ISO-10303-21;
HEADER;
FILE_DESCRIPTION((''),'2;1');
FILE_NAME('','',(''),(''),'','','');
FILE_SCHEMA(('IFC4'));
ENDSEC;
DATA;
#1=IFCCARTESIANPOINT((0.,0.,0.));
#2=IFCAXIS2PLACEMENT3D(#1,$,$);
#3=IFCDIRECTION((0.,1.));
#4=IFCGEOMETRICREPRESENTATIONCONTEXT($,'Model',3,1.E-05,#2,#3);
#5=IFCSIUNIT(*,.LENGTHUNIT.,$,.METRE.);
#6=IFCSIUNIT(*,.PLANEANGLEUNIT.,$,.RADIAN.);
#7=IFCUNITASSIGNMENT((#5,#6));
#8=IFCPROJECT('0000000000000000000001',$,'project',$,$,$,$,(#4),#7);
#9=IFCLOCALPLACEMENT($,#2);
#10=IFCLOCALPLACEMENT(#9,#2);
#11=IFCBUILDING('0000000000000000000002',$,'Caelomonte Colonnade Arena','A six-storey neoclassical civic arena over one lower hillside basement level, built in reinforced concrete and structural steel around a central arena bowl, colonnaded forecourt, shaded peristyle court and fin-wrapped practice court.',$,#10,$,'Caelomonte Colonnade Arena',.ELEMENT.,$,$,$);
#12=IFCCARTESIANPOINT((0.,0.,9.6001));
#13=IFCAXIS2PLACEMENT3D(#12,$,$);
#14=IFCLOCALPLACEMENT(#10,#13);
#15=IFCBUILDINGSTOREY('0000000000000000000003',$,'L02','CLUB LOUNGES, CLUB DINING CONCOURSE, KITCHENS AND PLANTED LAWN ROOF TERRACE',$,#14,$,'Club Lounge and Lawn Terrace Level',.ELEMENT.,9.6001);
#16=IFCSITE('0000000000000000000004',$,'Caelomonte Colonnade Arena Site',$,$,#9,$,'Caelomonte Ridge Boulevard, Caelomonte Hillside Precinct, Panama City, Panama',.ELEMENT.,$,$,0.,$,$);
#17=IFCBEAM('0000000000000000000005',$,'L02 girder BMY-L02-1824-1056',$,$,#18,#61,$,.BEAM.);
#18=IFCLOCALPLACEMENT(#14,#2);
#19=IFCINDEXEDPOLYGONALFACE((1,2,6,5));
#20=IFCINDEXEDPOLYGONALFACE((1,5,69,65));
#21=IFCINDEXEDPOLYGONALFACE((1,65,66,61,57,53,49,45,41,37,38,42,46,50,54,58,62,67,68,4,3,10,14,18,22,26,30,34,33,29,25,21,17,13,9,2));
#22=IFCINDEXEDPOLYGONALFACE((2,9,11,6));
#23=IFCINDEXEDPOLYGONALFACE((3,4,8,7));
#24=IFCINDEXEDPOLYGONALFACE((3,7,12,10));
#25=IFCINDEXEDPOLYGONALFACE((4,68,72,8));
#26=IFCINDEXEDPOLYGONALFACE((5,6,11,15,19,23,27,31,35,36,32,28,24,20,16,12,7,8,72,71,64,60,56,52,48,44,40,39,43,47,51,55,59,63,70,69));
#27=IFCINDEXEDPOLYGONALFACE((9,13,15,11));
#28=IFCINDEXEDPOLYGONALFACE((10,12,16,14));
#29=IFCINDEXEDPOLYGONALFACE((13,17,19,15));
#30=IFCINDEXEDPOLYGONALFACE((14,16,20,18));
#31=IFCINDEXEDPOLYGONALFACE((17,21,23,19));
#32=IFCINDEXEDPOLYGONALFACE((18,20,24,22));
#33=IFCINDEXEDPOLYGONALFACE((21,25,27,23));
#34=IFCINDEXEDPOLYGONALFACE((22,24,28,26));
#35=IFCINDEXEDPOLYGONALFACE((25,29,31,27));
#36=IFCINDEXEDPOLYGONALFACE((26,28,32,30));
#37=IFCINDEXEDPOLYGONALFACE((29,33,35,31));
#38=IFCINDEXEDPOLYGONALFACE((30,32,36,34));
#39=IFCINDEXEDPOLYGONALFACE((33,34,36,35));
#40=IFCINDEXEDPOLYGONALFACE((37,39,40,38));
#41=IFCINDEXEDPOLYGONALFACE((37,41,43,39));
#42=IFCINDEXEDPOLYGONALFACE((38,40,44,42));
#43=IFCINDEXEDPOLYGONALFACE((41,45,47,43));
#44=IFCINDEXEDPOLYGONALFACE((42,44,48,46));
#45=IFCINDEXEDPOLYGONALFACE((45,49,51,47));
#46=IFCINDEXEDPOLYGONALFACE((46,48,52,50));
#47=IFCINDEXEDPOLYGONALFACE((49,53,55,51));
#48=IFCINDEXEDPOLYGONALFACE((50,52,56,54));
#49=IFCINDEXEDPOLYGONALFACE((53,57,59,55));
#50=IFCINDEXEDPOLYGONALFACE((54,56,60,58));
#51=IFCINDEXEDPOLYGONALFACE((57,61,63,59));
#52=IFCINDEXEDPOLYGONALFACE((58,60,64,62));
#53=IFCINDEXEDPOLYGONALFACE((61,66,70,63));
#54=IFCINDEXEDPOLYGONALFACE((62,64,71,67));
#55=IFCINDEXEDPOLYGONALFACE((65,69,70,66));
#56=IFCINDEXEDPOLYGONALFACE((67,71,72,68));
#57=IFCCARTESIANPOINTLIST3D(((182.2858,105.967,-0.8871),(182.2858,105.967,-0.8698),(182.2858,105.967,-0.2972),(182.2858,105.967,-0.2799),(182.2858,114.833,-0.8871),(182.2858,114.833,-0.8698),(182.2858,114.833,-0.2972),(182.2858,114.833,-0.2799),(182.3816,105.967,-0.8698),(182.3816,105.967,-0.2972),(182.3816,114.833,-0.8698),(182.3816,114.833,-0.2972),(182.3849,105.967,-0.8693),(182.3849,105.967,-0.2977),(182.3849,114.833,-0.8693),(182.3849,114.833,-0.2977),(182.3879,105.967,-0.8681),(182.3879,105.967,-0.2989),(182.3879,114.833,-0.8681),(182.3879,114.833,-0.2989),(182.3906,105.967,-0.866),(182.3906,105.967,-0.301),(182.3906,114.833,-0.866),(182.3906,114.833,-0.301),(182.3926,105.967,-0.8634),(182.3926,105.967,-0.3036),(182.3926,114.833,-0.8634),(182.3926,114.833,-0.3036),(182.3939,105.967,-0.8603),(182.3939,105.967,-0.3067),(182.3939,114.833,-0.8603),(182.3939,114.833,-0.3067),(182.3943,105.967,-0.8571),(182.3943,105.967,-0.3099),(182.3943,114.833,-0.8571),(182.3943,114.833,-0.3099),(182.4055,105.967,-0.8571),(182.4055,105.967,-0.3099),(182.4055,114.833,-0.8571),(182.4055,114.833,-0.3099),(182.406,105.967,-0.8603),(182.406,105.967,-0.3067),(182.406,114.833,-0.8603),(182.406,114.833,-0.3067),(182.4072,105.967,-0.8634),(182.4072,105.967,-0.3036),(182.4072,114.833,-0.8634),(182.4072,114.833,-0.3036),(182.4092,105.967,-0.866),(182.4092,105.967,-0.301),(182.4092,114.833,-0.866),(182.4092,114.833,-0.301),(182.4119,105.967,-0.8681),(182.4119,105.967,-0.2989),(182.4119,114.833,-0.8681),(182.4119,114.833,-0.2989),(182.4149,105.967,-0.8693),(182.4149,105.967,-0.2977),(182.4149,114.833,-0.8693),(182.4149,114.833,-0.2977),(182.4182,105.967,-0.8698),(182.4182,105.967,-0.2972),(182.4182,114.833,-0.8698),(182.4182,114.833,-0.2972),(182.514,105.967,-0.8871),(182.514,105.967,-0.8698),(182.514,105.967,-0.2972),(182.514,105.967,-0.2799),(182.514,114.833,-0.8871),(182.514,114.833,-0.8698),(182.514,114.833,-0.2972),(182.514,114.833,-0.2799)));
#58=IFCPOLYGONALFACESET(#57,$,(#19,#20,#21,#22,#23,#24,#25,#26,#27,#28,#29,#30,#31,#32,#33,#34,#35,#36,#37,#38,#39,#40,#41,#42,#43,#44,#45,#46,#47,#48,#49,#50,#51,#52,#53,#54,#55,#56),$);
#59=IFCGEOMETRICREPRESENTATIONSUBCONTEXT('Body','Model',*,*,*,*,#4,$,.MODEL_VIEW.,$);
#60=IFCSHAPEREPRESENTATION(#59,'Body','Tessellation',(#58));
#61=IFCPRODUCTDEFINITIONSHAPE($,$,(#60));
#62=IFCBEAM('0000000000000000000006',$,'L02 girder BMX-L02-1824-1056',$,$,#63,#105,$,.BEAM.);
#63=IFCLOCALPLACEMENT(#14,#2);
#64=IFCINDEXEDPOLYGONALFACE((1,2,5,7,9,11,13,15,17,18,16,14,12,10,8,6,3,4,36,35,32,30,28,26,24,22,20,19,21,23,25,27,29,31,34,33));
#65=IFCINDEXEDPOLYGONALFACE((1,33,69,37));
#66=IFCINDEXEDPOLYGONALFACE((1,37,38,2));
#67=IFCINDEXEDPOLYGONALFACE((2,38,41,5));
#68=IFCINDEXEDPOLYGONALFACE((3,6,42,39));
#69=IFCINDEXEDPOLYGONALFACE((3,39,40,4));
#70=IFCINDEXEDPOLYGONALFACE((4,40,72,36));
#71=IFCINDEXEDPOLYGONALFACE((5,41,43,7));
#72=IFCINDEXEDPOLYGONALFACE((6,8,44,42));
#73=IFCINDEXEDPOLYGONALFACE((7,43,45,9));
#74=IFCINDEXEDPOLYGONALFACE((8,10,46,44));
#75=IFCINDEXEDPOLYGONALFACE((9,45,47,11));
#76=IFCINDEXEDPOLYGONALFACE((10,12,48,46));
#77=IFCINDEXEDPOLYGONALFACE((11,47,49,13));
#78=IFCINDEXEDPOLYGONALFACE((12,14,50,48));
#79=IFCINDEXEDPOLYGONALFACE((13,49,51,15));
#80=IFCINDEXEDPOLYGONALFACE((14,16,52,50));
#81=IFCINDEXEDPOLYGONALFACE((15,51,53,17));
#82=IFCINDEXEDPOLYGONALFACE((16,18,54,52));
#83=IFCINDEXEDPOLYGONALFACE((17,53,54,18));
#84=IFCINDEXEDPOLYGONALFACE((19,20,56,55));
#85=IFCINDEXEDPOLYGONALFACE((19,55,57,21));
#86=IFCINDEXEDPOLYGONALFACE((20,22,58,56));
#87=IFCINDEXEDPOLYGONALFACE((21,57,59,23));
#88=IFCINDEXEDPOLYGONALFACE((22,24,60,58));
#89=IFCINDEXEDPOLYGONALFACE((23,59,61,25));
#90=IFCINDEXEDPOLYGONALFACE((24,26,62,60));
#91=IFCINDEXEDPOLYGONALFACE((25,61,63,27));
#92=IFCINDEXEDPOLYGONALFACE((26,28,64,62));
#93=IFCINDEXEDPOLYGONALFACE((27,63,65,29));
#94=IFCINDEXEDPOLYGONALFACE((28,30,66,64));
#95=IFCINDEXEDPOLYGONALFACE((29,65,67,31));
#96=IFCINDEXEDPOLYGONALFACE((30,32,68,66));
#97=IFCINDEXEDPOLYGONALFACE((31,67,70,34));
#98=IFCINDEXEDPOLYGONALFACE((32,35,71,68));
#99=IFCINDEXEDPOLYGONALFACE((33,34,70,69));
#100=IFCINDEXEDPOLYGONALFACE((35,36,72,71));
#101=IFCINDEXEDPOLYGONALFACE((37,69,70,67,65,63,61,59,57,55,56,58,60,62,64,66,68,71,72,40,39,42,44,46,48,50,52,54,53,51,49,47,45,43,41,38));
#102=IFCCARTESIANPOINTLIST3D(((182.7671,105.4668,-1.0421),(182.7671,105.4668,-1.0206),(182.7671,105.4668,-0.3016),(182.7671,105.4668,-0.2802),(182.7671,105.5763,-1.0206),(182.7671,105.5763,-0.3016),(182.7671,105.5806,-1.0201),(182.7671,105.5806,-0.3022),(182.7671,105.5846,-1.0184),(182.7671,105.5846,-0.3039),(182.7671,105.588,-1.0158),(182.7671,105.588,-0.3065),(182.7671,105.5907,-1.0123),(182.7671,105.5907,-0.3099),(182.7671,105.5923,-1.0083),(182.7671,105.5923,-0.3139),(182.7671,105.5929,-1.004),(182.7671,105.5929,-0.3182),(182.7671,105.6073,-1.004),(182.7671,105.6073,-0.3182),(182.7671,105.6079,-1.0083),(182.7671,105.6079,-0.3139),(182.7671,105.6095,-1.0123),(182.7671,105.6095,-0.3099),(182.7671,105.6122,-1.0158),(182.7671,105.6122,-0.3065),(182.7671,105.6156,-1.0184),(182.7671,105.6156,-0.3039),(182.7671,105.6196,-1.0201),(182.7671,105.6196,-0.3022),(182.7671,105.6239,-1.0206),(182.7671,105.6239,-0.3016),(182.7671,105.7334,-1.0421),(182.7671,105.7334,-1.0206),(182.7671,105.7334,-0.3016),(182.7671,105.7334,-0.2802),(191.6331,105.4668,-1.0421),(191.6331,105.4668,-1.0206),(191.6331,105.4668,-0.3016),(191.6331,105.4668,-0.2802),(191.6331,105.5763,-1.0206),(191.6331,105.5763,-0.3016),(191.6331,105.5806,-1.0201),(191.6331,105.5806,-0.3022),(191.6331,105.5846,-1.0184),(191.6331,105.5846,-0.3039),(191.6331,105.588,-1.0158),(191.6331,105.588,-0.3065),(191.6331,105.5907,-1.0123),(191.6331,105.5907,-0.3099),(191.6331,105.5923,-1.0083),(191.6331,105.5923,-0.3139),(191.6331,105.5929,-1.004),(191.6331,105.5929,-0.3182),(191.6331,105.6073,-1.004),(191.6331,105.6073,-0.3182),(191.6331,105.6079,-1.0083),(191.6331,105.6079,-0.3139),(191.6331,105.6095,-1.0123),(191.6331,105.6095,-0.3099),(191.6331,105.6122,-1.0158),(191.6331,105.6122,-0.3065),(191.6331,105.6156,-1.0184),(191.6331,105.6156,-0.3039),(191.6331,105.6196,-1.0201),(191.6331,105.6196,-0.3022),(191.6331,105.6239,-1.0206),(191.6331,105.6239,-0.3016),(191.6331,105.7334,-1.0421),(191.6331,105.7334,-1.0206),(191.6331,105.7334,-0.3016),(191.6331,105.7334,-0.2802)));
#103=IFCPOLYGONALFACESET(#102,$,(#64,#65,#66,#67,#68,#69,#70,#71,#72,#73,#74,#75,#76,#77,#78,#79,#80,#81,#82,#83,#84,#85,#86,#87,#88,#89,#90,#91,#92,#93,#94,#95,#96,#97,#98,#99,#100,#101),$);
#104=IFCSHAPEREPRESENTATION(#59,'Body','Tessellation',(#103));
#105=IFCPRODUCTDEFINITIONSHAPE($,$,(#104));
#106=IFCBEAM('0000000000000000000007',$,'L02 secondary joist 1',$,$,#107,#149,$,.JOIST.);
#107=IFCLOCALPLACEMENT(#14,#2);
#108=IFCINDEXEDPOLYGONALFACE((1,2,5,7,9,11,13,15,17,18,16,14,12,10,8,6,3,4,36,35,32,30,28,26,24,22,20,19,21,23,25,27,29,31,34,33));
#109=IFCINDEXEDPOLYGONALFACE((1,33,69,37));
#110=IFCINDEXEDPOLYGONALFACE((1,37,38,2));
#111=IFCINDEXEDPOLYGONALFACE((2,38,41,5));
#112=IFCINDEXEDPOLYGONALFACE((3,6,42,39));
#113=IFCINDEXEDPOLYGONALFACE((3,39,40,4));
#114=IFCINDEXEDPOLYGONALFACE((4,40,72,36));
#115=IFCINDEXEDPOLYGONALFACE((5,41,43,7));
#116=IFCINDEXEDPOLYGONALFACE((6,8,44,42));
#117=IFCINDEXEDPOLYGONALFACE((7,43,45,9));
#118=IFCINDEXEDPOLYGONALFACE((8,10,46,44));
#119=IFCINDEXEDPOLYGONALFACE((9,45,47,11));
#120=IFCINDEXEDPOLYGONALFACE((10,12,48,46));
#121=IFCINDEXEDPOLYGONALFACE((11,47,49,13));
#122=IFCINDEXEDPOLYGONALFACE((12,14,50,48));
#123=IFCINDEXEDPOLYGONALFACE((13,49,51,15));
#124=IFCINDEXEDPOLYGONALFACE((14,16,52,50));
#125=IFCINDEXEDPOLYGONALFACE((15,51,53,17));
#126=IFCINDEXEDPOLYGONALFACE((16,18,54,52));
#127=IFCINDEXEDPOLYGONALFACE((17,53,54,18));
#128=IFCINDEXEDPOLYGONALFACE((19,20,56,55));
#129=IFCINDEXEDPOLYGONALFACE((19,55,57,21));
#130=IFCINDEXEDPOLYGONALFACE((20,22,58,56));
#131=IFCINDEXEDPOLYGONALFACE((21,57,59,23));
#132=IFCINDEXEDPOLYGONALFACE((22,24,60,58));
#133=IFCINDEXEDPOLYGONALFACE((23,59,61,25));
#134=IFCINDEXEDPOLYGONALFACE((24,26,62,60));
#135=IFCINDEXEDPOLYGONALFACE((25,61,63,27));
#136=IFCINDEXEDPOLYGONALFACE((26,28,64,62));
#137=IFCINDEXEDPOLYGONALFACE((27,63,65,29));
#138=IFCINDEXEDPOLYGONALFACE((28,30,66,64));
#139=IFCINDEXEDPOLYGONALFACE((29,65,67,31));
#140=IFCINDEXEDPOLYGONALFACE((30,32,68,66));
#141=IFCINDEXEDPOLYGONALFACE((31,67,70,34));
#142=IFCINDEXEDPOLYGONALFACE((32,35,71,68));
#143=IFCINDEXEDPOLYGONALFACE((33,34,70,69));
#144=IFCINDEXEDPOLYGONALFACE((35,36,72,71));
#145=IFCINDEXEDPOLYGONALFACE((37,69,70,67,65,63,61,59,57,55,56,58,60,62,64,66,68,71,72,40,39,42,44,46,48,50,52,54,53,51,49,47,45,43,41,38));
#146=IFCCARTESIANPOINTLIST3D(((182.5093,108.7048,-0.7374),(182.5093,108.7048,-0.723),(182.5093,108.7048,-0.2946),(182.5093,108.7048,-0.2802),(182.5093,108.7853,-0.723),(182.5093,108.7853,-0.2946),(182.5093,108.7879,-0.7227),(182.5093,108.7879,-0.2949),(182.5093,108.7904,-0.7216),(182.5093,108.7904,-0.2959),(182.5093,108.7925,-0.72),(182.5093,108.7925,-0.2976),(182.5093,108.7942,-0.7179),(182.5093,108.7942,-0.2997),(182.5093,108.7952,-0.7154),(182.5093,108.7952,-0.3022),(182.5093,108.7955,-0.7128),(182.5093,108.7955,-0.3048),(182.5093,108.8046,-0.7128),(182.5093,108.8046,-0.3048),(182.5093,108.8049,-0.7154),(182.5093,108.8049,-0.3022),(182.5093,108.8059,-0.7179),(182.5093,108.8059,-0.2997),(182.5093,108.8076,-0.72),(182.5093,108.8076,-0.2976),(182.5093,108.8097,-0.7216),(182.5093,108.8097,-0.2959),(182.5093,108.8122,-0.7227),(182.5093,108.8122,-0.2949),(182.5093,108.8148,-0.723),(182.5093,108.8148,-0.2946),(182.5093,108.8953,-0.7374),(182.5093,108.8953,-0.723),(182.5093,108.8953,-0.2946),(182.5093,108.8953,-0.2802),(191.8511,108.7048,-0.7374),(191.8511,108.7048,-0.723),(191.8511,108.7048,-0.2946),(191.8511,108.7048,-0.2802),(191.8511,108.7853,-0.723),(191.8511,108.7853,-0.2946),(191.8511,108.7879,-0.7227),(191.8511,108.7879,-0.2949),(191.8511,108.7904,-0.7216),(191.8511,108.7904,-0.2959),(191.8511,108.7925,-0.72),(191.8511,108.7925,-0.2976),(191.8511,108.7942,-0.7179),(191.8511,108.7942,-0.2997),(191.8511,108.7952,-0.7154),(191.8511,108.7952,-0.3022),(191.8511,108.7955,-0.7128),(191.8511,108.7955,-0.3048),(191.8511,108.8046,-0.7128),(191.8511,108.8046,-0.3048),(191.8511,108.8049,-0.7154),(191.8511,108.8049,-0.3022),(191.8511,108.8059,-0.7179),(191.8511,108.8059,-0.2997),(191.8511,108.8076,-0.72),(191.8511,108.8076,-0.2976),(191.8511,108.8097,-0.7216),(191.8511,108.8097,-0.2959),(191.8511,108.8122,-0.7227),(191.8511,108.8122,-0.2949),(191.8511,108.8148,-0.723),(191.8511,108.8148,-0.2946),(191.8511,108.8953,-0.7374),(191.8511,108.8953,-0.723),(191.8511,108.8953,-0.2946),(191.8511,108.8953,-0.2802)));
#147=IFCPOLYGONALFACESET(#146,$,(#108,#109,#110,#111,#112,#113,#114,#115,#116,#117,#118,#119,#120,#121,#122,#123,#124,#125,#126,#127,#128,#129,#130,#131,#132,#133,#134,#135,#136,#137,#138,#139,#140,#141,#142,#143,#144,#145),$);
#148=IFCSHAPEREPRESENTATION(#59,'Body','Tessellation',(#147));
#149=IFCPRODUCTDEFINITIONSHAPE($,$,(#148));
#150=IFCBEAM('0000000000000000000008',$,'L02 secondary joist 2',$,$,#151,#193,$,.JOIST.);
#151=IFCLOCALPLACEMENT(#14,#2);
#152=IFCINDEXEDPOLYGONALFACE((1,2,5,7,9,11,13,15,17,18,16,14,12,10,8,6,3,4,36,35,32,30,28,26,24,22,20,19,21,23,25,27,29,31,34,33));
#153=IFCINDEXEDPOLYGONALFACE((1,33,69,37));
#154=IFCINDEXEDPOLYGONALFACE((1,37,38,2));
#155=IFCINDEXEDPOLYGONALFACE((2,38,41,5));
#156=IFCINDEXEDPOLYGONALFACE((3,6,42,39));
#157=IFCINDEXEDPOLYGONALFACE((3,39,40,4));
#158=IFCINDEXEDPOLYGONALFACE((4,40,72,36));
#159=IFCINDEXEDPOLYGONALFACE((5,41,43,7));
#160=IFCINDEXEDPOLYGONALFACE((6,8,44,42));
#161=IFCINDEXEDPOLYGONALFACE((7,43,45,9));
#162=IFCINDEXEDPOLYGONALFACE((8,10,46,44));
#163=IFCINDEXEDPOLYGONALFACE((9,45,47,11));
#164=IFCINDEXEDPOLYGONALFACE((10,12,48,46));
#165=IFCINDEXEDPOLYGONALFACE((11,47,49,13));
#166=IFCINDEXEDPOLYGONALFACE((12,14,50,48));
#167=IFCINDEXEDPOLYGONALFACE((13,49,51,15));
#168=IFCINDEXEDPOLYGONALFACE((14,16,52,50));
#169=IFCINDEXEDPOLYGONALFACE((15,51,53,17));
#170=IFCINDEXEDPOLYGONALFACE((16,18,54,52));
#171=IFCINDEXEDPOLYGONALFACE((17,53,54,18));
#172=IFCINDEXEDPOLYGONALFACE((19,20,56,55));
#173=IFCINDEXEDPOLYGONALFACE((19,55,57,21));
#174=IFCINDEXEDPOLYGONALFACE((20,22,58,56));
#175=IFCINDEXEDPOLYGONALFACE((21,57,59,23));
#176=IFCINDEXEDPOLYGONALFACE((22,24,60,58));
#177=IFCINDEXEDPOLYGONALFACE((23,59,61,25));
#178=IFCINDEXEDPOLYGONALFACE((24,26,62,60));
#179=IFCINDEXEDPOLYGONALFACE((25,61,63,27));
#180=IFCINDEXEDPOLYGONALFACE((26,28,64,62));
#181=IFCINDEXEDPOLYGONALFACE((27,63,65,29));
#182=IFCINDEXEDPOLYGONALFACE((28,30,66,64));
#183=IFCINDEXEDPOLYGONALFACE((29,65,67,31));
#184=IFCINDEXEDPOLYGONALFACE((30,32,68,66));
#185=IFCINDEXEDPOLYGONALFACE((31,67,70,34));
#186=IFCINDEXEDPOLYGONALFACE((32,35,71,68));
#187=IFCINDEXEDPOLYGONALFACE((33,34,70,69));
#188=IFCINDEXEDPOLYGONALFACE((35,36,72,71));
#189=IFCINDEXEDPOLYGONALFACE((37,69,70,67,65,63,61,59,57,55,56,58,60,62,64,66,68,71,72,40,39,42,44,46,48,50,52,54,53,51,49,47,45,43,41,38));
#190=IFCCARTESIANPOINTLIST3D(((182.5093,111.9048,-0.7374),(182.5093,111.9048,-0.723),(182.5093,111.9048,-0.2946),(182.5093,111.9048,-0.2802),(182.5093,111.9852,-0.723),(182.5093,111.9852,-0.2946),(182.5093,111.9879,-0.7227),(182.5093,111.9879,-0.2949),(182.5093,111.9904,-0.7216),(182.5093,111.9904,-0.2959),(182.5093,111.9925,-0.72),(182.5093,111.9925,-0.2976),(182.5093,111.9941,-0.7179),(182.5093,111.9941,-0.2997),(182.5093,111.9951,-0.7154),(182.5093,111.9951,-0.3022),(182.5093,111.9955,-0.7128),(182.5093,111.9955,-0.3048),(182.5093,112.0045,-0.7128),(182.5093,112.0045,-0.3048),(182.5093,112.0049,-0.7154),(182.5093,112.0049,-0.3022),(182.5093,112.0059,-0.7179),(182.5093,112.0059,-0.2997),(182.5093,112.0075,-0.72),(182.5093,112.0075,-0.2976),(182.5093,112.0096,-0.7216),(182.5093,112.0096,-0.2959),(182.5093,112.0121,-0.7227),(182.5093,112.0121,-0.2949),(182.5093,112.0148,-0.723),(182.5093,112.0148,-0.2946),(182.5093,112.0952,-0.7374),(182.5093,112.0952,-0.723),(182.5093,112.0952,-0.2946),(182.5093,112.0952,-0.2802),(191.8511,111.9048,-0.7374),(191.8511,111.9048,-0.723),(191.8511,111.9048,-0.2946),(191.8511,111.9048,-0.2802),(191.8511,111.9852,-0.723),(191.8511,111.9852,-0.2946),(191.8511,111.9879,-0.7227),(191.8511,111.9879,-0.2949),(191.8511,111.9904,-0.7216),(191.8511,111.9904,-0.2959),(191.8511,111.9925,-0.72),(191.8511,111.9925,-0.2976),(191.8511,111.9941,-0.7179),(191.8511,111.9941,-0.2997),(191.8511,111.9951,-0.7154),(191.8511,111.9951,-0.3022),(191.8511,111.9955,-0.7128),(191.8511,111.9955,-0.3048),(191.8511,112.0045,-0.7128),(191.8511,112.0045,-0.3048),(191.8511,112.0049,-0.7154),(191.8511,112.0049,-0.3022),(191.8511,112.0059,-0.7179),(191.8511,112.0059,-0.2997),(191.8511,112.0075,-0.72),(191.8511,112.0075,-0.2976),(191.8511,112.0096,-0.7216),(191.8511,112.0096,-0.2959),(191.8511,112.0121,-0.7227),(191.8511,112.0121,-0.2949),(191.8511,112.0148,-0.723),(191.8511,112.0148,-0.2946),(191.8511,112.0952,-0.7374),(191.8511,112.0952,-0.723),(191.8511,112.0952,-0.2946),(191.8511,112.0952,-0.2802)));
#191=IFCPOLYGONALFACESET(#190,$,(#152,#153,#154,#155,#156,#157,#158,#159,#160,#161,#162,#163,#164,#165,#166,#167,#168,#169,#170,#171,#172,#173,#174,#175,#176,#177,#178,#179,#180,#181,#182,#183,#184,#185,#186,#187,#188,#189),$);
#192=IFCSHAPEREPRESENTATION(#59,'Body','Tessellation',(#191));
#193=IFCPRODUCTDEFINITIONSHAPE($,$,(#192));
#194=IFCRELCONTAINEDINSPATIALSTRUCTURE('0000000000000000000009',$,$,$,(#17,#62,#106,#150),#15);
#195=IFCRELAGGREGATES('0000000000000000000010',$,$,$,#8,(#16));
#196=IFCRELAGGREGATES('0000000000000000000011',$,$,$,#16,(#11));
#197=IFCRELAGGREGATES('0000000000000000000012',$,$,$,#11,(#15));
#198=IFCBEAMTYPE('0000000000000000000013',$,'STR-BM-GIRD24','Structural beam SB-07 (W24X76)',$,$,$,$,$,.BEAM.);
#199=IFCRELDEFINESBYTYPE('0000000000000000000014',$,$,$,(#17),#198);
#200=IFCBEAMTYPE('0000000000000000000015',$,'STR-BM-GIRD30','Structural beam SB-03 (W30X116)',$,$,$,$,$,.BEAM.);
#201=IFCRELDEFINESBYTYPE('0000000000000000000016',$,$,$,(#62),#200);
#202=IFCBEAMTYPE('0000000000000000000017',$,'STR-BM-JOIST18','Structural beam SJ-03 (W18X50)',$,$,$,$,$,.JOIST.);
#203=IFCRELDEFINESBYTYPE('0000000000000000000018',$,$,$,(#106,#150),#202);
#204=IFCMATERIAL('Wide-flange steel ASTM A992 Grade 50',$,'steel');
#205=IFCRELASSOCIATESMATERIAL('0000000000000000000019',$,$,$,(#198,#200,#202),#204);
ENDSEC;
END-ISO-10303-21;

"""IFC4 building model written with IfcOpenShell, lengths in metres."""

from ifc_helpers import new_model, si_unit, direction, frame, origin, origin_2d, place, context, subcontext, project, spatial, i_section, extrude, material, material_profile, profile_set, type_object, element, save


model = new_model("IFC4")

# Units and contexts
model_context = context("Model", 3, precision=1e-05, world=origin(), true_north=direction((0.0, 1.0)))
body_context = subcontext(model_context, "Body", "Model", "MODEL_VIEW")
ifc_project = project(units=[si_unit("LENGTHUNIT", "METRE"), si_unit("PLANEANGLEUNIT", "RADIAN")], contexts=[model_context])

# Site, building, storey
site_placement = place(None, origin())
site = spatial("IfcSite", under=ifc_project, at=site_placement, Name="Caelomonte Colonnade Arena Site", LongName="Caelomonte Ridge Boulevard, Caelomonte Hillside Precinct, Panama City, Panama", CompositionType="ELEMENT", RefElevation=0.0)
building_placement = place(site_placement, origin())
building = spatial("IfcBuilding", under=site, at=building_placement, Name="Caelomonte Colonnade Arena", Description="A six-storey neoclassical civic arena over one lower hillside basement level, built in reinforced concrete and structural steel around a central arena bowl, colonnaded forecourt, shaded peristyle court and fin-wrapped practice court.", LongName="Caelomonte Colonnade Arena", CompositionType="ELEMENT")
storey_placement = place(building_placement, frame((0.0, 0.0, 9.6001)))
storey = spatial("IfcBuildingStorey", under=building, at=storey_placement, Name="L02", Description="CLUB LOUNGES, CLUB DINING CONCOURSE, KITCHENS AND PLANTED LAWN ROOF TERRACE", LongName="Club Lounge and Lawn Terrace Level", CompositionType="ELEMENT", Elevation=9.6001)

# Beams
ifc_material_1 = material(Name="Wide-flange steel ASTM A992 Grade 50", Category="steel")
ifc_material_profile_1 = material_profile(ifc_material_1, i_section(OverallWidth=0.2283, OverallDepth=0.6072, WebThickness=0.0112, FlangeThickness=0.0173, FilletRadius=0.0127, at=origin_2d()), Name="W24X76")
ifc_profile_set_1 = profile_set([ifc_material_profile_1], Name="Wide-flange steel ASTM A992 Grade 50")
beam_type_1 = type_object("IfcBeamType", Name="STR-BM-GIRD24", Description="Structural beam SB-07 (W24X76)", PredefinedType="BEAM", material=ifc_profile_set_1)
beam_1_placement = place(storey_placement, frame((182.3999, 105.967, -0.5835), z_axis=(0.0, 1.0, 0.0), x_axis=(-1.0, 0.0, 0.0)))
element("IfcBeam", 1, at=beam_1_placement, inside=storey, type_object=beam_type_1, Name="L02 girder BMY-L02-1824-1056", PredefinedType="BEAM", context=body_context, shape_type="SweptSolid", body=[
    extrude(i_section(OverallWidth=0.2283, OverallDepth=0.6072, WebThickness=0.0112, FlangeThickness=0.0173, FilletRadius=0.0127, at=origin_2d()), origin(), (0.0, 0.0, 1.0), 8.866),
])
ifc_material_profile_2 = material_profile(ifc_material_1, i_section(OverallWidth=0.2666, OverallDepth=0.762, WebThickness=0.0144, FlangeThickness=0.0215, FilletRadius=0.0166, at=origin_2d()), Name="W30X116")
ifc_profile_set_2 = profile_set([ifc_material_profile_2], Name="Wide-flange steel ASTM A992 Grade 50")
beam_type_2 = type_object("IfcBeamType", Name="STR-BM-GIRD30", Description="Structural beam SB-03 (W30X116)", PredefinedType="BEAM", material=ifc_profile_set_2)
beam_2_placement = place(storey_placement, frame((182.7671, 105.6001, -0.6611), z_axis=(1.0, 0.0, 0.0), x_axis=(0.0, 1.0, 0.0)))
element("IfcBeam", 2, at=beam_2_placement, inside=storey, type_object=beam_type_2, Name="L02 girder BMX-L02-1824-1056", PredefinedType="BEAM", context=body_context, shape_type="SweptSolid", body=[
    extrude(i_section(OverallWidth=0.2666, OverallDepth=0.762, WebThickness=0.0144, FlangeThickness=0.0215, FilletRadius=0.0166, at=origin_2d()), origin(), (0.0, 0.0, 1.0), 8.866),
])
ifc_material_profile_3 = material_profile(ifc_material_1, i_section(OverallWidth=0.1904, OverallDepth=0.4573, WebThickness=0.009, FlangeThickness=0.0144, FilletRadius=0.0103, at=origin_2d()), Name="W18X50")
ifc_profile_set_3 = profile_set([ifc_material_profile_3], Name="Wide-flange steel ASTM A992 Grade 50")
beam_type_3 = type_object("IfcBeamType", Name="STR-BM-JOIST18", Description="Structural beam SJ-03 (W18X50)", PredefinedType="JOIST", material=ifc_profile_set_3)
for number, where, z_axis, x_axis, name in (
    (3, (182.5093, 108.8, -0.5088), (1.0, 0.0, 0.0), (0.0, 1.0, 0.0), "L02 secondary joist 1"),
    (4, (182.5093, 112.0, -0.5088), (1.0, 0.0, 0.0), (0.0, 1.0, 0.0), "L02 secondary joist 2"),
):
    element("IfcBeam", number, at=place(storey_placement, frame(where, z_axis=z_axis, x_axis=x_axis)), inside=storey, type_object=beam_type_3, Name=name, PredefinedType="JOIST", context=body_context, shape_type="SweptSolid", body=[
        extrude(i_section(OverallWidth=0.1904, OverallDepth=0.4573, WebThickness=0.009, FlangeThickness=0.0144, FilletRadius=0.0103, at=origin_2d()), origin(), (0.0, 0.0, 1.0), 9.3418),
    ])

save(model, "model.ifc")
